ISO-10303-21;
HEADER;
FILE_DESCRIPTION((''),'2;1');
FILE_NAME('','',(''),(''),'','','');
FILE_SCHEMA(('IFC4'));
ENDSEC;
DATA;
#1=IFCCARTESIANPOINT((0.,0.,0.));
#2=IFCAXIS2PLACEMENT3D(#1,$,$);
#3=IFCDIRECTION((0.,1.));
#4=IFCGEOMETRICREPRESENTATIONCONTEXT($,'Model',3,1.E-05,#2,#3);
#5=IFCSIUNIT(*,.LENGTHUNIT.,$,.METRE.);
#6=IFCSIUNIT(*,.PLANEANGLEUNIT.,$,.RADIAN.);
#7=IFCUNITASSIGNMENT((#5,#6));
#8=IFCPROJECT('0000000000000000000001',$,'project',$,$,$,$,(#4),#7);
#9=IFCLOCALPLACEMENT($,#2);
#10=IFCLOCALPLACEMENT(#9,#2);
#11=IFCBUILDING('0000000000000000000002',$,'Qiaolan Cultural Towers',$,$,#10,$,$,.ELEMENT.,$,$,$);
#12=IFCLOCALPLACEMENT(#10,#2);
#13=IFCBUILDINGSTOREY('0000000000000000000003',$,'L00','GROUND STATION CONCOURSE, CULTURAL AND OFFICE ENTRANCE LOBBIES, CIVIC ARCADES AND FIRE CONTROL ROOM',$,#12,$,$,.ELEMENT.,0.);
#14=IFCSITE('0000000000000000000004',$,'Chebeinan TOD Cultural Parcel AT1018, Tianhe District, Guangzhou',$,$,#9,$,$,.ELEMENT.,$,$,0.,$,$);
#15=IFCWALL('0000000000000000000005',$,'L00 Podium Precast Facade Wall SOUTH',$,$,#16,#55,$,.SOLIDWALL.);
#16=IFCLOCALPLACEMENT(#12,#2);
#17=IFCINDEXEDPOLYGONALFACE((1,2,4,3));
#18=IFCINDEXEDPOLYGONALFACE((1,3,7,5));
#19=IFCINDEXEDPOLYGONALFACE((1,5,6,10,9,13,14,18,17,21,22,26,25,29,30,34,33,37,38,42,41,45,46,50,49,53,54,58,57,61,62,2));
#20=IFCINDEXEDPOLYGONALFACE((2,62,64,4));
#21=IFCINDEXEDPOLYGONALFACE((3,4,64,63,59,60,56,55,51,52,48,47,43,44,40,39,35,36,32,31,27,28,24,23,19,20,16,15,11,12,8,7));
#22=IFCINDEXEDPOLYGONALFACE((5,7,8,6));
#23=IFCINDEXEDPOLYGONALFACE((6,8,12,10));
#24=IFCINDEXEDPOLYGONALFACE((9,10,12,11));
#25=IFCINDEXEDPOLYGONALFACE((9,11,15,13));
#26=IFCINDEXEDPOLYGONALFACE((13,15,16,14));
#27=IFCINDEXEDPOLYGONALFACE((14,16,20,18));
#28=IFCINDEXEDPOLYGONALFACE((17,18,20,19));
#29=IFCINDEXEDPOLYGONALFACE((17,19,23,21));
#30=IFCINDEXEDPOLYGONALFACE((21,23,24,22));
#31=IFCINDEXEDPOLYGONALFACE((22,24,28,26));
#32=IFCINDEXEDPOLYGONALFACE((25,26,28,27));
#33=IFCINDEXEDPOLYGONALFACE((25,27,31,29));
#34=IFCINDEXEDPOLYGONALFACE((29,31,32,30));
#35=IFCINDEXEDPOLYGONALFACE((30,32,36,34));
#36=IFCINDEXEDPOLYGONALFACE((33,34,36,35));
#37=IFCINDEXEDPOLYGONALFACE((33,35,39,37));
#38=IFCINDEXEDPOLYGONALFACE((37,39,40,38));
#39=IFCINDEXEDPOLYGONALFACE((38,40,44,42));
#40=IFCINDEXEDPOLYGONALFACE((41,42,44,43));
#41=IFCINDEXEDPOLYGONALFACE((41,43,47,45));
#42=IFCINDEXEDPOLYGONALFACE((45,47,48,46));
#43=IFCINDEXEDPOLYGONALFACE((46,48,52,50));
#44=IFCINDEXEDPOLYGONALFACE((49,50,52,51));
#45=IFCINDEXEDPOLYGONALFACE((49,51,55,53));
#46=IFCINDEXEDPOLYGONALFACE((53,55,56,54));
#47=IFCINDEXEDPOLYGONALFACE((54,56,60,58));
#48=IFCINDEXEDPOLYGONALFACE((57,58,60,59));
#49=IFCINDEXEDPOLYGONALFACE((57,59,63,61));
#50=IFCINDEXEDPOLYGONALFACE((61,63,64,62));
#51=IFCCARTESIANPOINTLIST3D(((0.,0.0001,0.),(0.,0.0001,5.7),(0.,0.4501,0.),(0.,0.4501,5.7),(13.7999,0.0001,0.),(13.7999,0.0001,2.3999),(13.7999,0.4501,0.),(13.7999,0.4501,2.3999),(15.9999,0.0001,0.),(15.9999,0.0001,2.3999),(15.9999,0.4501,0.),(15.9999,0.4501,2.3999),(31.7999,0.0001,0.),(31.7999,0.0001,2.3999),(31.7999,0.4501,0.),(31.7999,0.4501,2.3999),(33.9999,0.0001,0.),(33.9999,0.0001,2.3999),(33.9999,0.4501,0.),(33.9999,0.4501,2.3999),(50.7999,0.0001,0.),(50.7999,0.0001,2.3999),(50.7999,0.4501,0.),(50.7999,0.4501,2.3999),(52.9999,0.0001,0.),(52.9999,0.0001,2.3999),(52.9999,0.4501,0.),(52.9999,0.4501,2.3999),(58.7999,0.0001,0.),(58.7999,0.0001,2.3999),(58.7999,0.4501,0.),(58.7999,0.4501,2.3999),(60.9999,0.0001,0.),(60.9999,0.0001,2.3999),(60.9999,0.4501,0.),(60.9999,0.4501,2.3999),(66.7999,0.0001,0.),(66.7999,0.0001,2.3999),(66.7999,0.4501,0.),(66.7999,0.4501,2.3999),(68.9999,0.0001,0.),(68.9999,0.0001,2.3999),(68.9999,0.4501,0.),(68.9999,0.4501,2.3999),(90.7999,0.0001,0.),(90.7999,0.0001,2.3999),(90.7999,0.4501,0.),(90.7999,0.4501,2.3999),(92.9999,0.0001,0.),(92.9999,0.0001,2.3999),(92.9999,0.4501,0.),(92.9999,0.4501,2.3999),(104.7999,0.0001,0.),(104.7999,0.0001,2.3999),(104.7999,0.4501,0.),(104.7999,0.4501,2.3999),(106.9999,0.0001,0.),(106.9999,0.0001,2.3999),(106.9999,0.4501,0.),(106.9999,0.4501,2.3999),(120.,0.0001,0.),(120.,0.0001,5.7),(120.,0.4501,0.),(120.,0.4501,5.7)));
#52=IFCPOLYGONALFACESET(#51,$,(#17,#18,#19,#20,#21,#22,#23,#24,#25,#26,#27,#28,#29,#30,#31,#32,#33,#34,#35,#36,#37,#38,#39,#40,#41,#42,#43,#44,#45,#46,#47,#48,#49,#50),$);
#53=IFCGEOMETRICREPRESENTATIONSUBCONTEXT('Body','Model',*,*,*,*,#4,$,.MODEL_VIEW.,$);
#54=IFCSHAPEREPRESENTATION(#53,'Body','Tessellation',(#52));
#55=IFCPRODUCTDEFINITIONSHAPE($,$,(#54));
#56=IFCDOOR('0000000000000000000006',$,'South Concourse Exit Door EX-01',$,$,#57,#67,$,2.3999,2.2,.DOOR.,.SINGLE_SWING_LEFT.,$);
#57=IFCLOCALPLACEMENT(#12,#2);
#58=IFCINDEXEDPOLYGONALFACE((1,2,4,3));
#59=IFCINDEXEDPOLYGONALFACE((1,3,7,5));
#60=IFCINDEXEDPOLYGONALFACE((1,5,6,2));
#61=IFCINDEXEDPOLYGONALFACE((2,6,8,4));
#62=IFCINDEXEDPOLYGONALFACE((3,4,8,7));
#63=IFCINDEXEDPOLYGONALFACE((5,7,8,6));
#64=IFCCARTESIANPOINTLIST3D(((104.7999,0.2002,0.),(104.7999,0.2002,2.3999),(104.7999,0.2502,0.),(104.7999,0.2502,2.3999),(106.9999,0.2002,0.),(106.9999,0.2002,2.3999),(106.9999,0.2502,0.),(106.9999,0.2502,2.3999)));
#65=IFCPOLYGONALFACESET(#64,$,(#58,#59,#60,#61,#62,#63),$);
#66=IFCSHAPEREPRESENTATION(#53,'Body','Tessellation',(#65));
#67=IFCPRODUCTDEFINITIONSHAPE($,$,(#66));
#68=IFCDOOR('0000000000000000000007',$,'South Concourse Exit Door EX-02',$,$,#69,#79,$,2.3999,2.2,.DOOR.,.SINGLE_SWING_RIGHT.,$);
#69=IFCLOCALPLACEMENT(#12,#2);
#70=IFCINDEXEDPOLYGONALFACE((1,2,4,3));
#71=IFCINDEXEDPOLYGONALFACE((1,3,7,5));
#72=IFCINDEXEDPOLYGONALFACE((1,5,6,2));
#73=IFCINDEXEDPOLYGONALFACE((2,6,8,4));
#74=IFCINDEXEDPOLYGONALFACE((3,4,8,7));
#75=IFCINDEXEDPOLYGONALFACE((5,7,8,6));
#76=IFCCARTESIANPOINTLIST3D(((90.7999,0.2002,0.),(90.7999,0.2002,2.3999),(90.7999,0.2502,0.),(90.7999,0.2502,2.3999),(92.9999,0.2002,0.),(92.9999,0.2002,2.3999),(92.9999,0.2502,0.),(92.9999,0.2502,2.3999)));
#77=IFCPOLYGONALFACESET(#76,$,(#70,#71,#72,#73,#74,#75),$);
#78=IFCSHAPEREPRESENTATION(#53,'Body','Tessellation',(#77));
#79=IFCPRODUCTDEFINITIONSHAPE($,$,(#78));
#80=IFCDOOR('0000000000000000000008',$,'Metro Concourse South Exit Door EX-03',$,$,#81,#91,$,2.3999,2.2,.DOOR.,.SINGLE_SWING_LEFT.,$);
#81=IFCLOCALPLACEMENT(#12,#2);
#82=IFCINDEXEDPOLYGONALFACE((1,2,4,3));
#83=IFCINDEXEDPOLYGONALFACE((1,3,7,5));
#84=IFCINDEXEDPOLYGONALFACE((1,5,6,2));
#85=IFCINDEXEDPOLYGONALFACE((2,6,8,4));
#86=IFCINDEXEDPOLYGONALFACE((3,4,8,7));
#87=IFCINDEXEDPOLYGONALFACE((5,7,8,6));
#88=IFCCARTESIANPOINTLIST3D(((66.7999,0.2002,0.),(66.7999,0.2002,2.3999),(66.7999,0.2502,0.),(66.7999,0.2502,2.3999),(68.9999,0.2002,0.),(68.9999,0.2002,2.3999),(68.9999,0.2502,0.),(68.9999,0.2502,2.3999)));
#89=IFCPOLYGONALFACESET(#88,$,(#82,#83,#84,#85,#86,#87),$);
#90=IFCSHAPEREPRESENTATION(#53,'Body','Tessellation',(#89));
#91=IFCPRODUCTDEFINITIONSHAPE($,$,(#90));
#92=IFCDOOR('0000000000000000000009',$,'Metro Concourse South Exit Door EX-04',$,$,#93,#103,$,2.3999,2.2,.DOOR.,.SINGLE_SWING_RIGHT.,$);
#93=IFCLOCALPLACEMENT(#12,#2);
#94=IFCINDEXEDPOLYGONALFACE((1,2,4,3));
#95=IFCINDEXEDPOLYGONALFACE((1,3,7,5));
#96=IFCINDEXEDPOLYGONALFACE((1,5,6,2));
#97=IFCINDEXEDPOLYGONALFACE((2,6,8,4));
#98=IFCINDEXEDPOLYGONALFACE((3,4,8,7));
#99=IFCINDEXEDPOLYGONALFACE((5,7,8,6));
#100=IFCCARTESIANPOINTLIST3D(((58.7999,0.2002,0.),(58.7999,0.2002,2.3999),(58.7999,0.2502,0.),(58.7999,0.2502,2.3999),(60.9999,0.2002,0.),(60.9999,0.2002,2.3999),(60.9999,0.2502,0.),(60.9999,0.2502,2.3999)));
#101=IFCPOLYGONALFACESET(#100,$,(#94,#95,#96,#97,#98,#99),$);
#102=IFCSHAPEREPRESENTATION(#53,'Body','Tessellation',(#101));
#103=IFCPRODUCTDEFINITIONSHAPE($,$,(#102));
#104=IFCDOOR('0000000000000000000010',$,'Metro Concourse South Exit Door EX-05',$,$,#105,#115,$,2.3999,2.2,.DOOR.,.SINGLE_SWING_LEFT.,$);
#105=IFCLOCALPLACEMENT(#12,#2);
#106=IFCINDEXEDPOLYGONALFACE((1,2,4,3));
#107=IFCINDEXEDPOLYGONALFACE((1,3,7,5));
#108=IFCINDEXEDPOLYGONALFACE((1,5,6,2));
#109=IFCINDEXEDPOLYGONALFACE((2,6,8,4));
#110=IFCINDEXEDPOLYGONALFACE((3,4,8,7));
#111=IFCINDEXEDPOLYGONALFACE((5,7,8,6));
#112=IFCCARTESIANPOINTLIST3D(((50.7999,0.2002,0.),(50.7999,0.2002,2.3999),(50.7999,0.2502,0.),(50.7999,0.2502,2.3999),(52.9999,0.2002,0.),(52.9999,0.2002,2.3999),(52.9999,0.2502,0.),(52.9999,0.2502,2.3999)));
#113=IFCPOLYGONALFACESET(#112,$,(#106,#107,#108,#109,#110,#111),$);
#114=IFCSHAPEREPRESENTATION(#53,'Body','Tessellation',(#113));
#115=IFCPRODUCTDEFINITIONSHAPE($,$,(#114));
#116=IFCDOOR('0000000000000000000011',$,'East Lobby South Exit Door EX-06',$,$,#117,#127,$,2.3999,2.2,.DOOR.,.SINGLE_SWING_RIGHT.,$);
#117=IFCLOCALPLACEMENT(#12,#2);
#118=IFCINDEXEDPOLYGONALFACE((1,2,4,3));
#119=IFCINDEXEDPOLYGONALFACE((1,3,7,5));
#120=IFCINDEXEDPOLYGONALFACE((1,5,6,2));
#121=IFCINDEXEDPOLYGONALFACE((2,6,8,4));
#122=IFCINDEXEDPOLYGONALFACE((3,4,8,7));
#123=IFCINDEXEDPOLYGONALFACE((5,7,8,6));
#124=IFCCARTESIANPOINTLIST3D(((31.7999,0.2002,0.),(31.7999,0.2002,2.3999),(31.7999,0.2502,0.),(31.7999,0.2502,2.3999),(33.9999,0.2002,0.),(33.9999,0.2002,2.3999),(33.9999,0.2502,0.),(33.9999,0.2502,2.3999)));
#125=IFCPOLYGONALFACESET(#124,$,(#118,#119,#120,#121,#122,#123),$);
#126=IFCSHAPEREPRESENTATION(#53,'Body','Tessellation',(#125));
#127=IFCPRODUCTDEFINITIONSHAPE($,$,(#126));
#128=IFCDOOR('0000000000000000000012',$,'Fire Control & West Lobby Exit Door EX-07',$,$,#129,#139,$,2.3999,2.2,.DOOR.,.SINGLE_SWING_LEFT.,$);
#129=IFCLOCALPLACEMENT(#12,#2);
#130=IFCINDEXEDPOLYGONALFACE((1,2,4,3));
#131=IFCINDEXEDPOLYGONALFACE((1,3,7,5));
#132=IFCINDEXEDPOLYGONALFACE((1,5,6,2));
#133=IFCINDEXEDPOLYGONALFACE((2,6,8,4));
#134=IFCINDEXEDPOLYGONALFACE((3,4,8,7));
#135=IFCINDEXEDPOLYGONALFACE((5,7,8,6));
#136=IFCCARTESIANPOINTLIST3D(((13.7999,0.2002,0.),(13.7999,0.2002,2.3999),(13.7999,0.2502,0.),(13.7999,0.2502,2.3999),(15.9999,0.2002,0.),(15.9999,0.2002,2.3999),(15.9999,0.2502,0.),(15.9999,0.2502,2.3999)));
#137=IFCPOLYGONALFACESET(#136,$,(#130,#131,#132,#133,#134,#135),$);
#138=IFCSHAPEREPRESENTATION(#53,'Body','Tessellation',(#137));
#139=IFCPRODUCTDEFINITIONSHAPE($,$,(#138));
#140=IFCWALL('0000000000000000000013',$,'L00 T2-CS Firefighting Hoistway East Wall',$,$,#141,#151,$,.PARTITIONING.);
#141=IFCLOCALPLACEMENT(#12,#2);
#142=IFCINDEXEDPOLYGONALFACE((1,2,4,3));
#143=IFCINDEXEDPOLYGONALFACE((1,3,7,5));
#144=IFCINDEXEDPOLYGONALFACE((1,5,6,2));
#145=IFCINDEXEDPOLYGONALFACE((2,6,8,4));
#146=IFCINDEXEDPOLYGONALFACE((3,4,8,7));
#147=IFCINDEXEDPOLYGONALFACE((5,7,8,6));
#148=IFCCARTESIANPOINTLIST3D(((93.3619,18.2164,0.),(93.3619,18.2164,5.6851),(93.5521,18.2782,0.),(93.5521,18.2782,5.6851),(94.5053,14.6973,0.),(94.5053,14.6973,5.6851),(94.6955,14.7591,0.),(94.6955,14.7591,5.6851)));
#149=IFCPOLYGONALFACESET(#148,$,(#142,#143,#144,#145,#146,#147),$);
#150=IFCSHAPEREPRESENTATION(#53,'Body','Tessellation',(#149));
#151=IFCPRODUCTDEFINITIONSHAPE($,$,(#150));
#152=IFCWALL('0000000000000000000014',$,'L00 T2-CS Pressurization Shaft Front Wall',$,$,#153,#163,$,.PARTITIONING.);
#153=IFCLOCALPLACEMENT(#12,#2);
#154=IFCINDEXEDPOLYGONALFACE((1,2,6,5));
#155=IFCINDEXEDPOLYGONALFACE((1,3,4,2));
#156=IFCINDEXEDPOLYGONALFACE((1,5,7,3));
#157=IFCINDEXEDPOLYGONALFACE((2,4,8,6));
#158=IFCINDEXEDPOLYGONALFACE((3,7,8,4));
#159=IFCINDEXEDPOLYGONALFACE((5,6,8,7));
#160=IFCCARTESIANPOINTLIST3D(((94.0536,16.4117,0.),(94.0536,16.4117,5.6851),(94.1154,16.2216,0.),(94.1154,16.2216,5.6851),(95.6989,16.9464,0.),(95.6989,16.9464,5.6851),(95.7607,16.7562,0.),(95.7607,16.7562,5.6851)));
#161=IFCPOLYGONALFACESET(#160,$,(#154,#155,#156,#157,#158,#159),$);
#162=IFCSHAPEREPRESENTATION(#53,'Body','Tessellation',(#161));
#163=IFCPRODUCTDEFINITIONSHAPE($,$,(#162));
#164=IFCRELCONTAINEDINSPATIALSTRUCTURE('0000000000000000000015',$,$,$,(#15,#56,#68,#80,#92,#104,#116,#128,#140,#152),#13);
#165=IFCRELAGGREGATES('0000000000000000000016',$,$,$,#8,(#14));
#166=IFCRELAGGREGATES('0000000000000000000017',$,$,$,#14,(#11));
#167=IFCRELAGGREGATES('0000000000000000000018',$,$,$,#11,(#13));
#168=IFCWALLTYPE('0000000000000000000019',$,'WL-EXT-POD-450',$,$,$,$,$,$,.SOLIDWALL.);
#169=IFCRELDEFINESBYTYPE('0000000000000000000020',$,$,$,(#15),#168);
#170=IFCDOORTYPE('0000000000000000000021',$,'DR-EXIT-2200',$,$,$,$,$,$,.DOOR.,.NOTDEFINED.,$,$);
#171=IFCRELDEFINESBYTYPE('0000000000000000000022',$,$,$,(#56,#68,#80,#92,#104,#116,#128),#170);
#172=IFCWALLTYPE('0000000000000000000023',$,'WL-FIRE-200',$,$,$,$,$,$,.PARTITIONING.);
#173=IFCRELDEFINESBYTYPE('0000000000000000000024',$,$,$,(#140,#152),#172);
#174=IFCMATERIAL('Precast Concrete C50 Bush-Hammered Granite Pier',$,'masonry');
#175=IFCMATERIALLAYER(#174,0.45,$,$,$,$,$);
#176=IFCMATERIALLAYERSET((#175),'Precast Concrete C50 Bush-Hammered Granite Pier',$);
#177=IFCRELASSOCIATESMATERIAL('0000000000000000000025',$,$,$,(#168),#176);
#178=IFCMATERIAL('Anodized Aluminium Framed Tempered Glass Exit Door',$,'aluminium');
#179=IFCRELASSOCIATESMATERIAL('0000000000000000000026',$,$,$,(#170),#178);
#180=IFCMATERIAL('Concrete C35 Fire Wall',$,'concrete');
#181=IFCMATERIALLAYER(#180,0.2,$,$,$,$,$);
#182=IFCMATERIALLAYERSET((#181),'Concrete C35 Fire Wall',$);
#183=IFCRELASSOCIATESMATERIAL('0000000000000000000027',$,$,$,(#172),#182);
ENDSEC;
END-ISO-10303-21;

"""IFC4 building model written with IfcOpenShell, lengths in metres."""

from ifc_helpers import new_model, si_unit, direction, frame, frame_2d, origin, place, context, subcontext, project, spatial, rectangle, extrude, material, layer, layer_set, type_object, element, fill, save


model = new_model("IFC4")

# Units and contexts
model_context = context("Model", 3, precision=1e-05, world=origin(), true_north=direction((0.0, 1.0)))
body_context = subcontext(model_context, "Body", "Model", "MODEL_VIEW")
ifc_project = project(units=[si_unit("LENGTHUNIT", "METRE"), si_unit("PLANEANGLEUNIT", "RADIAN")], contexts=[model_context])

# Site, building, storey
site_placement = place(None, origin())
site = spatial("IfcSite", under=ifc_project, at=site_placement, Name="Chebeinan TOD Cultural Parcel AT1018, Tianhe District, Guangzhou", CompositionType="ELEMENT", RefElevation=0.0)
building_placement = place(site_placement, origin())
building = spatial("IfcBuilding", under=site, at=building_placement, Name="Qiaolan Cultural Towers", CompositionType="ELEMENT")
storey_placement = place(building_placement, origin())
storey = spatial("IfcBuildingStorey", under=building, at=storey_placement, Name="L00", Description="GROUND STATION CONCOURSE, CULTURAL AND OFFICE ENTRANCE LOBBIES, CIVIC ARCADES AND FIRE CONTROL ROOM", CompositionType="ELEMENT", Elevation=0.0)

# Wall, openings, doors
ifc_material_1 = material(Name="Precast Concrete C50 Bush-Hammered Granite Pier", Category="masonry")
ifc_layer_1 = layer(ifc_material_1, 0.45)
ifc_layer_set_1 = layer_set([ifc_layer_1], Name="Precast Concrete C50 Bush-Hammered Granite Pier")
wall_type_1 = type_object("IfcWallType", Name="WL-EXT-POD-450", PredefinedType="SOLIDWALL", material=ifc_layer_set_1)
wall_1_placement = place(storey_placement, frame((120.0, 0.2251, 0.0), z_axis=(0.0, 0.0, 1.0), x_axis=(-1.0, 0.0, 0.0)))
wall_1 = element("IfcWall", 1, at=wall_1_placement, inside=storey, type_object=wall_type_1, Name="L00 Podium Precast Facade Wall SOUTH", PredefinedType="SOLIDWALL", context=body_context, shape_type="SweptSolid", body=[
    extrude(rectangle(XDim=120.0, YDim=0.45, at=frame_2d((60.0, 0.0))), origin(), (0.0, 0.0, 1.0), 5.7),
])
opening_1_placement = place(wall_1_placement, frame((13.0, 0.0, 0.0)))
opening_1 = element("IfcOpeningElement", 2, at=opening_1_placement, cuts=wall_1, PredefinedType="OPENING", context=body_context, shape_type="SweptSolid", body=[
    extrude(rectangle(XDim=2.2, YDim=2.3999, at=frame_2d((1.1001, 1.2))), frame((0.0, 0.2349, 0.0), z_axis=(0.0, -1.0, 0.0), x_axis=(1.0, 0.0, 0.0)), (0.0, 0.0, 1.0), 0.47),
])
opening_2_placement = place(wall_1_placement, frame((27.0, 0.0, 0.0)))
opening_2 = element("IfcOpeningElement", 3, at=opening_2_placement, cuts=wall_1, PredefinedType="OPENING", context=body_context, shape_type="SweptSolid", body=[
    extrude(rectangle(XDim=2.2, YDim=2.3999, at=frame_2d((1.1001, 1.2))), frame((0.0, 0.2349, 0.0), z_axis=(0.0, -1.0, 0.0), x_axis=(1.0, 0.0, 0.0)), (0.0, 0.0, 1.0), 0.47),
])
opening_3_placement = place(wall_1_placement, frame((51.0, 0.0, 0.0)))
opening_3 = element("IfcOpeningElement", 4, at=opening_3_placement, cuts=wall_1, PredefinedType="OPENING", context=body_context, shape_type="SweptSolid", body=[
    extrude(rectangle(XDim=2.2, YDim=2.3999, at=frame_2d((1.1001, 1.2))), frame((0.0, 0.2349, 0.0), z_axis=(0.0, -1.0, 0.0), x_axis=(1.0, 0.0, 0.0)), (0.0, 0.0, 1.0), 0.47),
])
opening_4_placement = place(wall_1_placement, frame((59.0, 0.0, 0.0)))
opening_4 = element("IfcOpeningElement", 5, at=opening_4_placement, cuts=wall_1, PredefinedType="OPENING", context=body_context, shape_type="SweptSolid", body=[
    extrude(rectangle(XDim=2.2, YDim=2.3999, at=frame_2d((1.1001, 1.2))), frame((0.0, 0.2349, 0.0), z_axis=(0.0, -1.0, 0.0), x_axis=(1.0, 0.0, 0.0)), (0.0, 0.0, 1.0), 0.47),
])
opening_5_placement = place(wall_1_placement, frame((67.0, 0.0, 0.0)))
opening_5 = element("IfcOpeningElement", 6, at=opening_5_placement, cuts=wall_1, PredefinedType="OPENING", context=body_context, shape_type="SweptSolid", body=[
    extrude(rectangle(XDim=2.2, YDim=2.3999, at=frame_2d((1.1001, 1.2))), frame((0.0, 0.2349, 0.0), z_axis=(0.0, -1.0, 0.0), x_axis=(1.0, 0.0, 0.0)), (0.0, 0.0, 1.0), 0.47),
])
opening_6_placement = place(wall_1_placement, frame((86.0, 0.0, 0.0)))
opening_6 = element("IfcOpeningElement", 7, at=opening_6_placement, cuts=wall_1, PredefinedType="OPENING", context=body_context, shape_type="SweptSolid", body=[
    extrude(rectangle(XDim=2.2, YDim=2.3999, at=frame_2d((1.1001, 1.2))), frame((0.0, 0.2349, 0.0), z_axis=(0.0, -1.0, 0.0), x_axis=(1.0, 0.0, 0.0)), (0.0, 0.0, 1.0), 0.47),
])
opening_7_placement = place(wall_1_placement, frame((104.0, 0.0, 0.0)))
opening_7 = element("IfcOpeningElement", 8, at=opening_7_placement, cuts=wall_1, PredefinedType="OPENING", context=body_context, shape_type="SweptSolid", body=[
    extrude(rectangle(XDim=2.2, YDim=2.3999, at=frame_2d((1.1001, 1.2))), frame((0.0, 0.2349, 0.0), z_axis=(0.0, -1.0, 0.0), x_axis=(1.0, 0.0, 0.0)), (0.0, 0.0, 1.0), 0.47),
])
ifc_material_2 = material(Name="Anodized Aluminium Framed Tempered Glass Exit Door", Category="aluminium")
door_type_1 = type_object("IfcDoorType", Name="DR-EXIT-2200", OperationType="NOTDEFINED", PredefinedType="DOOR", material=ifc_material_2)
door_1_placement = place(opening_1_placement, origin())
door_1 = element("IfcDoor", 9, at=door_1_placement, inside=storey, type_object=door_type_1, Name="South Concourse Exit Door EX-01", OperationType="SINGLE_SWING_LEFT", OverallHeight=2.3999, OverallWidth=2.2, PredefinedType="DOOR", context=body_context, shape_type="SweptSolid", body=[
    extrude(rectangle(XDim=2.2, YDim=2.3999, at=frame_2d((1.1001, 1.2))), frame((0.0, 0.0249, 0.0), z_axis=(0.0, -1.0, 0.0), x_axis=(1.0, 0.0, 0.0)), (0.0, 0.0, 1.0), 0.05),
])
fill(opening_1, door_1)
door_2_placement = place(opening_2_placement, origin())
door_2 = element("IfcDoor", 10, at=door_2_placement, inside=storey, type_object=door_type_1, Name="South Concourse Exit Door EX-02", OperationType="SINGLE_SWING_RIGHT", OverallHeight=2.3999, OverallWidth=2.2, PredefinedType="DOOR", context=body_context, shape_type="SweptSolid", body=[
    extrude(rectangle(XDim=2.2, YDim=2.3999, at=frame_2d((1.1001, 1.2))), frame((0.0, 0.0249, 0.0), z_axis=(0.0, -1.0, 0.0), x_axis=(1.0, 0.0, 0.0)), (0.0, 0.0, 1.0), 0.05),
])
fill(opening_2, door_2)
door_3_placement = place(opening_3_placement, origin())
door_3 = element("IfcDoor", 11, at=door_3_placement, inside=storey, type_object=door_type_1, Name="Metro Concourse South Exit Door EX-03", OperationType="SINGLE_SWING_LEFT", OverallHeight=2.3999, OverallWidth=2.2, PredefinedType="DOOR", context=body_context, shape_type="SweptSolid", body=[
    extrude(rectangle(XDim=2.2, YDim=2.3999, at=frame_2d((1.1001, 1.2))), frame((0.0, 0.0249, 0.0), z_axis=(0.0, -1.0, 0.0), x_axis=(1.0, 0.0, 0.0)), (0.0, 0.0, 1.0), 0.05),
])
fill(opening_3, door_3)
door_4_placement = place(opening_4_placement, origin())
door_4 = element("IfcDoor", 12, at=door_4_placement, inside=storey, type_object=door_type_1, Name="Metro Concourse South Exit Door EX-04", OperationType="SINGLE_SWING_RIGHT", OverallHeight=2.3999, OverallWidth=2.2, PredefinedType="DOOR", context=body_context, shape_type="SweptSolid", body=[
    extrude(rectangle(XDim=2.2, YDim=2.3999, at=frame_2d((1.1001, 1.2))), frame((0.0, 0.0249, 0.0), z_axis=(0.0, -1.0, 0.0), x_axis=(1.0, 0.0, 0.0)), (0.0, 0.0, 1.0), 0.05),
])
fill(opening_4, door_4)
door_5_placement = place(opening_5_placement, origin())
door_5 = element("IfcDoor", 13, at=door_5_placement, inside=storey, type_object=door_type_1, Name="Metro Concourse South Exit Door EX-05", OperationType="SINGLE_SWING_LEFT", OverallHeight=2.3999, OverallWidth=2.2, PredefinedType="DOOR", context=body_context, shape_type="SweptSolid", body=[
    extrude(rectangle(XDim=2.2, YDim=2.3999, at=frame_2d((1.1001, 1.2))), frame((0.0, 0.0249, 0.0), z_axis=(0.0, -1.0, 0.0), x_axis=(1.0, 0.0, 0.0)), (0.0, 0.0, 1.0), 0.05),
])
fill(opening_5, door_5)
door_6_placement = place(opening_6_placement, origin())
door_6 = element("IfcDoor", 14, at=door_6_placement, inside=storey, type_object=door_type_1, Name="East Lobby South Exit Door EX-06", OperationType="SINGLE_SWING_RIGHT", OverallHeight=2.3999, OverallWidth=2.2, PredefinedType="DOOR", context=body_context, shape_type="SweptSolid", body=[
    extrude(rectangle(XDim=2.2, YDim=2.3999, at=frame_2d((1.1001, 1.2))), frame((0.0, 0.0249, 0.0), z_axis=(0.0, -1.0, 0.0), x_axis=(1.0, 0.0, 0.0)), (0.0, 0.0, 1.0), 0.05),
])
fill(opening_6, door_6)
door_7_placement = place(opening_7_placement, origin())
door_7 = element("IfcDoor", 15, at=door_7_placement, inside=storey, type_object=door_type_1, Name="Fire Control & West Lobby Exit Door EX-07", OperationType="SINGLE_SWING_LEFT", OverallHeight=2.3999, OverallWidth=2.2, PredefinedType="DOOR", context=body_context, shape_type="SweptSolid", body=[
    extrude(rectangle(XDim=2.2, YDim=2.3999, at=frame_2d((1.1001, 1.2))), frame((0.0, 0.0249, 0.0), z_axis=(0.0, -1.0, 0.0), x_axis=(1.0, 0.0, 0.0)), (0.0, 0.0, 1.0), 0.05),
])
fill(opening_7, door_7)

# Walls
ifc_material_3 = material(Name="Concrete C35 Fire Wall", Category="concrete")
ifc_layer_2 = layer(ifc_material_3, 0.2)
ifc_layer_set_2 = layer_set([ifc_layer_2], Name="Concrete C35 Fire Wall")
wall_type_2 = type_object("IfcWallType", Name="WL-FIRE-200", PredefinedType="PARTITIONING", material=ifc_layer_set_2)
wall_2_placement = place(storey_placement, frame((93.457, 18.2473, 0.0), z_axis=(0.0, 0.0, 1.0), x_axis=(0.308994, -0.951064, 0.0)))
element("IfcWall", 16, at=wall_2_placement, inside=storey, type_object=wall_type_2, Name="L00 T2-CS Firefighting Hoistway East Wall", PredefinedType="PARTITIONING", context=body_context, shape_type="SweptSolid", body=[
    extrude(rectangle(XDim=3.7002, YDim=0.2, at=frame_2d((1.8501, 0.0))), origin(), (0.0, 0.0, 1.0), 5.6851),
])
wall_3_placement = place(storey_placement, frame((94.0845, 16.3167, 0.0), z_axis=(0.0, 0.0, 1.0), x_axis=(0.951041, 0.309064, 0.0)))
element("IfcWall", 17, at=wall_3_placement, inside=storey, type_object=wall_type_2, Name="L00 T2-CS Pressurization Shaft Front Wall", PredefinedType="PARTITIONING", context=body_context, shape_type="SweptSolid", body=[
    extrude(rectangle(XDim=1.73, YDim=0.2, at=frame_2d((0.865, 0.0))), origin(), (0.0, 0.0, 1.0), 5.6851),
])

save(model, "model.ifc")
